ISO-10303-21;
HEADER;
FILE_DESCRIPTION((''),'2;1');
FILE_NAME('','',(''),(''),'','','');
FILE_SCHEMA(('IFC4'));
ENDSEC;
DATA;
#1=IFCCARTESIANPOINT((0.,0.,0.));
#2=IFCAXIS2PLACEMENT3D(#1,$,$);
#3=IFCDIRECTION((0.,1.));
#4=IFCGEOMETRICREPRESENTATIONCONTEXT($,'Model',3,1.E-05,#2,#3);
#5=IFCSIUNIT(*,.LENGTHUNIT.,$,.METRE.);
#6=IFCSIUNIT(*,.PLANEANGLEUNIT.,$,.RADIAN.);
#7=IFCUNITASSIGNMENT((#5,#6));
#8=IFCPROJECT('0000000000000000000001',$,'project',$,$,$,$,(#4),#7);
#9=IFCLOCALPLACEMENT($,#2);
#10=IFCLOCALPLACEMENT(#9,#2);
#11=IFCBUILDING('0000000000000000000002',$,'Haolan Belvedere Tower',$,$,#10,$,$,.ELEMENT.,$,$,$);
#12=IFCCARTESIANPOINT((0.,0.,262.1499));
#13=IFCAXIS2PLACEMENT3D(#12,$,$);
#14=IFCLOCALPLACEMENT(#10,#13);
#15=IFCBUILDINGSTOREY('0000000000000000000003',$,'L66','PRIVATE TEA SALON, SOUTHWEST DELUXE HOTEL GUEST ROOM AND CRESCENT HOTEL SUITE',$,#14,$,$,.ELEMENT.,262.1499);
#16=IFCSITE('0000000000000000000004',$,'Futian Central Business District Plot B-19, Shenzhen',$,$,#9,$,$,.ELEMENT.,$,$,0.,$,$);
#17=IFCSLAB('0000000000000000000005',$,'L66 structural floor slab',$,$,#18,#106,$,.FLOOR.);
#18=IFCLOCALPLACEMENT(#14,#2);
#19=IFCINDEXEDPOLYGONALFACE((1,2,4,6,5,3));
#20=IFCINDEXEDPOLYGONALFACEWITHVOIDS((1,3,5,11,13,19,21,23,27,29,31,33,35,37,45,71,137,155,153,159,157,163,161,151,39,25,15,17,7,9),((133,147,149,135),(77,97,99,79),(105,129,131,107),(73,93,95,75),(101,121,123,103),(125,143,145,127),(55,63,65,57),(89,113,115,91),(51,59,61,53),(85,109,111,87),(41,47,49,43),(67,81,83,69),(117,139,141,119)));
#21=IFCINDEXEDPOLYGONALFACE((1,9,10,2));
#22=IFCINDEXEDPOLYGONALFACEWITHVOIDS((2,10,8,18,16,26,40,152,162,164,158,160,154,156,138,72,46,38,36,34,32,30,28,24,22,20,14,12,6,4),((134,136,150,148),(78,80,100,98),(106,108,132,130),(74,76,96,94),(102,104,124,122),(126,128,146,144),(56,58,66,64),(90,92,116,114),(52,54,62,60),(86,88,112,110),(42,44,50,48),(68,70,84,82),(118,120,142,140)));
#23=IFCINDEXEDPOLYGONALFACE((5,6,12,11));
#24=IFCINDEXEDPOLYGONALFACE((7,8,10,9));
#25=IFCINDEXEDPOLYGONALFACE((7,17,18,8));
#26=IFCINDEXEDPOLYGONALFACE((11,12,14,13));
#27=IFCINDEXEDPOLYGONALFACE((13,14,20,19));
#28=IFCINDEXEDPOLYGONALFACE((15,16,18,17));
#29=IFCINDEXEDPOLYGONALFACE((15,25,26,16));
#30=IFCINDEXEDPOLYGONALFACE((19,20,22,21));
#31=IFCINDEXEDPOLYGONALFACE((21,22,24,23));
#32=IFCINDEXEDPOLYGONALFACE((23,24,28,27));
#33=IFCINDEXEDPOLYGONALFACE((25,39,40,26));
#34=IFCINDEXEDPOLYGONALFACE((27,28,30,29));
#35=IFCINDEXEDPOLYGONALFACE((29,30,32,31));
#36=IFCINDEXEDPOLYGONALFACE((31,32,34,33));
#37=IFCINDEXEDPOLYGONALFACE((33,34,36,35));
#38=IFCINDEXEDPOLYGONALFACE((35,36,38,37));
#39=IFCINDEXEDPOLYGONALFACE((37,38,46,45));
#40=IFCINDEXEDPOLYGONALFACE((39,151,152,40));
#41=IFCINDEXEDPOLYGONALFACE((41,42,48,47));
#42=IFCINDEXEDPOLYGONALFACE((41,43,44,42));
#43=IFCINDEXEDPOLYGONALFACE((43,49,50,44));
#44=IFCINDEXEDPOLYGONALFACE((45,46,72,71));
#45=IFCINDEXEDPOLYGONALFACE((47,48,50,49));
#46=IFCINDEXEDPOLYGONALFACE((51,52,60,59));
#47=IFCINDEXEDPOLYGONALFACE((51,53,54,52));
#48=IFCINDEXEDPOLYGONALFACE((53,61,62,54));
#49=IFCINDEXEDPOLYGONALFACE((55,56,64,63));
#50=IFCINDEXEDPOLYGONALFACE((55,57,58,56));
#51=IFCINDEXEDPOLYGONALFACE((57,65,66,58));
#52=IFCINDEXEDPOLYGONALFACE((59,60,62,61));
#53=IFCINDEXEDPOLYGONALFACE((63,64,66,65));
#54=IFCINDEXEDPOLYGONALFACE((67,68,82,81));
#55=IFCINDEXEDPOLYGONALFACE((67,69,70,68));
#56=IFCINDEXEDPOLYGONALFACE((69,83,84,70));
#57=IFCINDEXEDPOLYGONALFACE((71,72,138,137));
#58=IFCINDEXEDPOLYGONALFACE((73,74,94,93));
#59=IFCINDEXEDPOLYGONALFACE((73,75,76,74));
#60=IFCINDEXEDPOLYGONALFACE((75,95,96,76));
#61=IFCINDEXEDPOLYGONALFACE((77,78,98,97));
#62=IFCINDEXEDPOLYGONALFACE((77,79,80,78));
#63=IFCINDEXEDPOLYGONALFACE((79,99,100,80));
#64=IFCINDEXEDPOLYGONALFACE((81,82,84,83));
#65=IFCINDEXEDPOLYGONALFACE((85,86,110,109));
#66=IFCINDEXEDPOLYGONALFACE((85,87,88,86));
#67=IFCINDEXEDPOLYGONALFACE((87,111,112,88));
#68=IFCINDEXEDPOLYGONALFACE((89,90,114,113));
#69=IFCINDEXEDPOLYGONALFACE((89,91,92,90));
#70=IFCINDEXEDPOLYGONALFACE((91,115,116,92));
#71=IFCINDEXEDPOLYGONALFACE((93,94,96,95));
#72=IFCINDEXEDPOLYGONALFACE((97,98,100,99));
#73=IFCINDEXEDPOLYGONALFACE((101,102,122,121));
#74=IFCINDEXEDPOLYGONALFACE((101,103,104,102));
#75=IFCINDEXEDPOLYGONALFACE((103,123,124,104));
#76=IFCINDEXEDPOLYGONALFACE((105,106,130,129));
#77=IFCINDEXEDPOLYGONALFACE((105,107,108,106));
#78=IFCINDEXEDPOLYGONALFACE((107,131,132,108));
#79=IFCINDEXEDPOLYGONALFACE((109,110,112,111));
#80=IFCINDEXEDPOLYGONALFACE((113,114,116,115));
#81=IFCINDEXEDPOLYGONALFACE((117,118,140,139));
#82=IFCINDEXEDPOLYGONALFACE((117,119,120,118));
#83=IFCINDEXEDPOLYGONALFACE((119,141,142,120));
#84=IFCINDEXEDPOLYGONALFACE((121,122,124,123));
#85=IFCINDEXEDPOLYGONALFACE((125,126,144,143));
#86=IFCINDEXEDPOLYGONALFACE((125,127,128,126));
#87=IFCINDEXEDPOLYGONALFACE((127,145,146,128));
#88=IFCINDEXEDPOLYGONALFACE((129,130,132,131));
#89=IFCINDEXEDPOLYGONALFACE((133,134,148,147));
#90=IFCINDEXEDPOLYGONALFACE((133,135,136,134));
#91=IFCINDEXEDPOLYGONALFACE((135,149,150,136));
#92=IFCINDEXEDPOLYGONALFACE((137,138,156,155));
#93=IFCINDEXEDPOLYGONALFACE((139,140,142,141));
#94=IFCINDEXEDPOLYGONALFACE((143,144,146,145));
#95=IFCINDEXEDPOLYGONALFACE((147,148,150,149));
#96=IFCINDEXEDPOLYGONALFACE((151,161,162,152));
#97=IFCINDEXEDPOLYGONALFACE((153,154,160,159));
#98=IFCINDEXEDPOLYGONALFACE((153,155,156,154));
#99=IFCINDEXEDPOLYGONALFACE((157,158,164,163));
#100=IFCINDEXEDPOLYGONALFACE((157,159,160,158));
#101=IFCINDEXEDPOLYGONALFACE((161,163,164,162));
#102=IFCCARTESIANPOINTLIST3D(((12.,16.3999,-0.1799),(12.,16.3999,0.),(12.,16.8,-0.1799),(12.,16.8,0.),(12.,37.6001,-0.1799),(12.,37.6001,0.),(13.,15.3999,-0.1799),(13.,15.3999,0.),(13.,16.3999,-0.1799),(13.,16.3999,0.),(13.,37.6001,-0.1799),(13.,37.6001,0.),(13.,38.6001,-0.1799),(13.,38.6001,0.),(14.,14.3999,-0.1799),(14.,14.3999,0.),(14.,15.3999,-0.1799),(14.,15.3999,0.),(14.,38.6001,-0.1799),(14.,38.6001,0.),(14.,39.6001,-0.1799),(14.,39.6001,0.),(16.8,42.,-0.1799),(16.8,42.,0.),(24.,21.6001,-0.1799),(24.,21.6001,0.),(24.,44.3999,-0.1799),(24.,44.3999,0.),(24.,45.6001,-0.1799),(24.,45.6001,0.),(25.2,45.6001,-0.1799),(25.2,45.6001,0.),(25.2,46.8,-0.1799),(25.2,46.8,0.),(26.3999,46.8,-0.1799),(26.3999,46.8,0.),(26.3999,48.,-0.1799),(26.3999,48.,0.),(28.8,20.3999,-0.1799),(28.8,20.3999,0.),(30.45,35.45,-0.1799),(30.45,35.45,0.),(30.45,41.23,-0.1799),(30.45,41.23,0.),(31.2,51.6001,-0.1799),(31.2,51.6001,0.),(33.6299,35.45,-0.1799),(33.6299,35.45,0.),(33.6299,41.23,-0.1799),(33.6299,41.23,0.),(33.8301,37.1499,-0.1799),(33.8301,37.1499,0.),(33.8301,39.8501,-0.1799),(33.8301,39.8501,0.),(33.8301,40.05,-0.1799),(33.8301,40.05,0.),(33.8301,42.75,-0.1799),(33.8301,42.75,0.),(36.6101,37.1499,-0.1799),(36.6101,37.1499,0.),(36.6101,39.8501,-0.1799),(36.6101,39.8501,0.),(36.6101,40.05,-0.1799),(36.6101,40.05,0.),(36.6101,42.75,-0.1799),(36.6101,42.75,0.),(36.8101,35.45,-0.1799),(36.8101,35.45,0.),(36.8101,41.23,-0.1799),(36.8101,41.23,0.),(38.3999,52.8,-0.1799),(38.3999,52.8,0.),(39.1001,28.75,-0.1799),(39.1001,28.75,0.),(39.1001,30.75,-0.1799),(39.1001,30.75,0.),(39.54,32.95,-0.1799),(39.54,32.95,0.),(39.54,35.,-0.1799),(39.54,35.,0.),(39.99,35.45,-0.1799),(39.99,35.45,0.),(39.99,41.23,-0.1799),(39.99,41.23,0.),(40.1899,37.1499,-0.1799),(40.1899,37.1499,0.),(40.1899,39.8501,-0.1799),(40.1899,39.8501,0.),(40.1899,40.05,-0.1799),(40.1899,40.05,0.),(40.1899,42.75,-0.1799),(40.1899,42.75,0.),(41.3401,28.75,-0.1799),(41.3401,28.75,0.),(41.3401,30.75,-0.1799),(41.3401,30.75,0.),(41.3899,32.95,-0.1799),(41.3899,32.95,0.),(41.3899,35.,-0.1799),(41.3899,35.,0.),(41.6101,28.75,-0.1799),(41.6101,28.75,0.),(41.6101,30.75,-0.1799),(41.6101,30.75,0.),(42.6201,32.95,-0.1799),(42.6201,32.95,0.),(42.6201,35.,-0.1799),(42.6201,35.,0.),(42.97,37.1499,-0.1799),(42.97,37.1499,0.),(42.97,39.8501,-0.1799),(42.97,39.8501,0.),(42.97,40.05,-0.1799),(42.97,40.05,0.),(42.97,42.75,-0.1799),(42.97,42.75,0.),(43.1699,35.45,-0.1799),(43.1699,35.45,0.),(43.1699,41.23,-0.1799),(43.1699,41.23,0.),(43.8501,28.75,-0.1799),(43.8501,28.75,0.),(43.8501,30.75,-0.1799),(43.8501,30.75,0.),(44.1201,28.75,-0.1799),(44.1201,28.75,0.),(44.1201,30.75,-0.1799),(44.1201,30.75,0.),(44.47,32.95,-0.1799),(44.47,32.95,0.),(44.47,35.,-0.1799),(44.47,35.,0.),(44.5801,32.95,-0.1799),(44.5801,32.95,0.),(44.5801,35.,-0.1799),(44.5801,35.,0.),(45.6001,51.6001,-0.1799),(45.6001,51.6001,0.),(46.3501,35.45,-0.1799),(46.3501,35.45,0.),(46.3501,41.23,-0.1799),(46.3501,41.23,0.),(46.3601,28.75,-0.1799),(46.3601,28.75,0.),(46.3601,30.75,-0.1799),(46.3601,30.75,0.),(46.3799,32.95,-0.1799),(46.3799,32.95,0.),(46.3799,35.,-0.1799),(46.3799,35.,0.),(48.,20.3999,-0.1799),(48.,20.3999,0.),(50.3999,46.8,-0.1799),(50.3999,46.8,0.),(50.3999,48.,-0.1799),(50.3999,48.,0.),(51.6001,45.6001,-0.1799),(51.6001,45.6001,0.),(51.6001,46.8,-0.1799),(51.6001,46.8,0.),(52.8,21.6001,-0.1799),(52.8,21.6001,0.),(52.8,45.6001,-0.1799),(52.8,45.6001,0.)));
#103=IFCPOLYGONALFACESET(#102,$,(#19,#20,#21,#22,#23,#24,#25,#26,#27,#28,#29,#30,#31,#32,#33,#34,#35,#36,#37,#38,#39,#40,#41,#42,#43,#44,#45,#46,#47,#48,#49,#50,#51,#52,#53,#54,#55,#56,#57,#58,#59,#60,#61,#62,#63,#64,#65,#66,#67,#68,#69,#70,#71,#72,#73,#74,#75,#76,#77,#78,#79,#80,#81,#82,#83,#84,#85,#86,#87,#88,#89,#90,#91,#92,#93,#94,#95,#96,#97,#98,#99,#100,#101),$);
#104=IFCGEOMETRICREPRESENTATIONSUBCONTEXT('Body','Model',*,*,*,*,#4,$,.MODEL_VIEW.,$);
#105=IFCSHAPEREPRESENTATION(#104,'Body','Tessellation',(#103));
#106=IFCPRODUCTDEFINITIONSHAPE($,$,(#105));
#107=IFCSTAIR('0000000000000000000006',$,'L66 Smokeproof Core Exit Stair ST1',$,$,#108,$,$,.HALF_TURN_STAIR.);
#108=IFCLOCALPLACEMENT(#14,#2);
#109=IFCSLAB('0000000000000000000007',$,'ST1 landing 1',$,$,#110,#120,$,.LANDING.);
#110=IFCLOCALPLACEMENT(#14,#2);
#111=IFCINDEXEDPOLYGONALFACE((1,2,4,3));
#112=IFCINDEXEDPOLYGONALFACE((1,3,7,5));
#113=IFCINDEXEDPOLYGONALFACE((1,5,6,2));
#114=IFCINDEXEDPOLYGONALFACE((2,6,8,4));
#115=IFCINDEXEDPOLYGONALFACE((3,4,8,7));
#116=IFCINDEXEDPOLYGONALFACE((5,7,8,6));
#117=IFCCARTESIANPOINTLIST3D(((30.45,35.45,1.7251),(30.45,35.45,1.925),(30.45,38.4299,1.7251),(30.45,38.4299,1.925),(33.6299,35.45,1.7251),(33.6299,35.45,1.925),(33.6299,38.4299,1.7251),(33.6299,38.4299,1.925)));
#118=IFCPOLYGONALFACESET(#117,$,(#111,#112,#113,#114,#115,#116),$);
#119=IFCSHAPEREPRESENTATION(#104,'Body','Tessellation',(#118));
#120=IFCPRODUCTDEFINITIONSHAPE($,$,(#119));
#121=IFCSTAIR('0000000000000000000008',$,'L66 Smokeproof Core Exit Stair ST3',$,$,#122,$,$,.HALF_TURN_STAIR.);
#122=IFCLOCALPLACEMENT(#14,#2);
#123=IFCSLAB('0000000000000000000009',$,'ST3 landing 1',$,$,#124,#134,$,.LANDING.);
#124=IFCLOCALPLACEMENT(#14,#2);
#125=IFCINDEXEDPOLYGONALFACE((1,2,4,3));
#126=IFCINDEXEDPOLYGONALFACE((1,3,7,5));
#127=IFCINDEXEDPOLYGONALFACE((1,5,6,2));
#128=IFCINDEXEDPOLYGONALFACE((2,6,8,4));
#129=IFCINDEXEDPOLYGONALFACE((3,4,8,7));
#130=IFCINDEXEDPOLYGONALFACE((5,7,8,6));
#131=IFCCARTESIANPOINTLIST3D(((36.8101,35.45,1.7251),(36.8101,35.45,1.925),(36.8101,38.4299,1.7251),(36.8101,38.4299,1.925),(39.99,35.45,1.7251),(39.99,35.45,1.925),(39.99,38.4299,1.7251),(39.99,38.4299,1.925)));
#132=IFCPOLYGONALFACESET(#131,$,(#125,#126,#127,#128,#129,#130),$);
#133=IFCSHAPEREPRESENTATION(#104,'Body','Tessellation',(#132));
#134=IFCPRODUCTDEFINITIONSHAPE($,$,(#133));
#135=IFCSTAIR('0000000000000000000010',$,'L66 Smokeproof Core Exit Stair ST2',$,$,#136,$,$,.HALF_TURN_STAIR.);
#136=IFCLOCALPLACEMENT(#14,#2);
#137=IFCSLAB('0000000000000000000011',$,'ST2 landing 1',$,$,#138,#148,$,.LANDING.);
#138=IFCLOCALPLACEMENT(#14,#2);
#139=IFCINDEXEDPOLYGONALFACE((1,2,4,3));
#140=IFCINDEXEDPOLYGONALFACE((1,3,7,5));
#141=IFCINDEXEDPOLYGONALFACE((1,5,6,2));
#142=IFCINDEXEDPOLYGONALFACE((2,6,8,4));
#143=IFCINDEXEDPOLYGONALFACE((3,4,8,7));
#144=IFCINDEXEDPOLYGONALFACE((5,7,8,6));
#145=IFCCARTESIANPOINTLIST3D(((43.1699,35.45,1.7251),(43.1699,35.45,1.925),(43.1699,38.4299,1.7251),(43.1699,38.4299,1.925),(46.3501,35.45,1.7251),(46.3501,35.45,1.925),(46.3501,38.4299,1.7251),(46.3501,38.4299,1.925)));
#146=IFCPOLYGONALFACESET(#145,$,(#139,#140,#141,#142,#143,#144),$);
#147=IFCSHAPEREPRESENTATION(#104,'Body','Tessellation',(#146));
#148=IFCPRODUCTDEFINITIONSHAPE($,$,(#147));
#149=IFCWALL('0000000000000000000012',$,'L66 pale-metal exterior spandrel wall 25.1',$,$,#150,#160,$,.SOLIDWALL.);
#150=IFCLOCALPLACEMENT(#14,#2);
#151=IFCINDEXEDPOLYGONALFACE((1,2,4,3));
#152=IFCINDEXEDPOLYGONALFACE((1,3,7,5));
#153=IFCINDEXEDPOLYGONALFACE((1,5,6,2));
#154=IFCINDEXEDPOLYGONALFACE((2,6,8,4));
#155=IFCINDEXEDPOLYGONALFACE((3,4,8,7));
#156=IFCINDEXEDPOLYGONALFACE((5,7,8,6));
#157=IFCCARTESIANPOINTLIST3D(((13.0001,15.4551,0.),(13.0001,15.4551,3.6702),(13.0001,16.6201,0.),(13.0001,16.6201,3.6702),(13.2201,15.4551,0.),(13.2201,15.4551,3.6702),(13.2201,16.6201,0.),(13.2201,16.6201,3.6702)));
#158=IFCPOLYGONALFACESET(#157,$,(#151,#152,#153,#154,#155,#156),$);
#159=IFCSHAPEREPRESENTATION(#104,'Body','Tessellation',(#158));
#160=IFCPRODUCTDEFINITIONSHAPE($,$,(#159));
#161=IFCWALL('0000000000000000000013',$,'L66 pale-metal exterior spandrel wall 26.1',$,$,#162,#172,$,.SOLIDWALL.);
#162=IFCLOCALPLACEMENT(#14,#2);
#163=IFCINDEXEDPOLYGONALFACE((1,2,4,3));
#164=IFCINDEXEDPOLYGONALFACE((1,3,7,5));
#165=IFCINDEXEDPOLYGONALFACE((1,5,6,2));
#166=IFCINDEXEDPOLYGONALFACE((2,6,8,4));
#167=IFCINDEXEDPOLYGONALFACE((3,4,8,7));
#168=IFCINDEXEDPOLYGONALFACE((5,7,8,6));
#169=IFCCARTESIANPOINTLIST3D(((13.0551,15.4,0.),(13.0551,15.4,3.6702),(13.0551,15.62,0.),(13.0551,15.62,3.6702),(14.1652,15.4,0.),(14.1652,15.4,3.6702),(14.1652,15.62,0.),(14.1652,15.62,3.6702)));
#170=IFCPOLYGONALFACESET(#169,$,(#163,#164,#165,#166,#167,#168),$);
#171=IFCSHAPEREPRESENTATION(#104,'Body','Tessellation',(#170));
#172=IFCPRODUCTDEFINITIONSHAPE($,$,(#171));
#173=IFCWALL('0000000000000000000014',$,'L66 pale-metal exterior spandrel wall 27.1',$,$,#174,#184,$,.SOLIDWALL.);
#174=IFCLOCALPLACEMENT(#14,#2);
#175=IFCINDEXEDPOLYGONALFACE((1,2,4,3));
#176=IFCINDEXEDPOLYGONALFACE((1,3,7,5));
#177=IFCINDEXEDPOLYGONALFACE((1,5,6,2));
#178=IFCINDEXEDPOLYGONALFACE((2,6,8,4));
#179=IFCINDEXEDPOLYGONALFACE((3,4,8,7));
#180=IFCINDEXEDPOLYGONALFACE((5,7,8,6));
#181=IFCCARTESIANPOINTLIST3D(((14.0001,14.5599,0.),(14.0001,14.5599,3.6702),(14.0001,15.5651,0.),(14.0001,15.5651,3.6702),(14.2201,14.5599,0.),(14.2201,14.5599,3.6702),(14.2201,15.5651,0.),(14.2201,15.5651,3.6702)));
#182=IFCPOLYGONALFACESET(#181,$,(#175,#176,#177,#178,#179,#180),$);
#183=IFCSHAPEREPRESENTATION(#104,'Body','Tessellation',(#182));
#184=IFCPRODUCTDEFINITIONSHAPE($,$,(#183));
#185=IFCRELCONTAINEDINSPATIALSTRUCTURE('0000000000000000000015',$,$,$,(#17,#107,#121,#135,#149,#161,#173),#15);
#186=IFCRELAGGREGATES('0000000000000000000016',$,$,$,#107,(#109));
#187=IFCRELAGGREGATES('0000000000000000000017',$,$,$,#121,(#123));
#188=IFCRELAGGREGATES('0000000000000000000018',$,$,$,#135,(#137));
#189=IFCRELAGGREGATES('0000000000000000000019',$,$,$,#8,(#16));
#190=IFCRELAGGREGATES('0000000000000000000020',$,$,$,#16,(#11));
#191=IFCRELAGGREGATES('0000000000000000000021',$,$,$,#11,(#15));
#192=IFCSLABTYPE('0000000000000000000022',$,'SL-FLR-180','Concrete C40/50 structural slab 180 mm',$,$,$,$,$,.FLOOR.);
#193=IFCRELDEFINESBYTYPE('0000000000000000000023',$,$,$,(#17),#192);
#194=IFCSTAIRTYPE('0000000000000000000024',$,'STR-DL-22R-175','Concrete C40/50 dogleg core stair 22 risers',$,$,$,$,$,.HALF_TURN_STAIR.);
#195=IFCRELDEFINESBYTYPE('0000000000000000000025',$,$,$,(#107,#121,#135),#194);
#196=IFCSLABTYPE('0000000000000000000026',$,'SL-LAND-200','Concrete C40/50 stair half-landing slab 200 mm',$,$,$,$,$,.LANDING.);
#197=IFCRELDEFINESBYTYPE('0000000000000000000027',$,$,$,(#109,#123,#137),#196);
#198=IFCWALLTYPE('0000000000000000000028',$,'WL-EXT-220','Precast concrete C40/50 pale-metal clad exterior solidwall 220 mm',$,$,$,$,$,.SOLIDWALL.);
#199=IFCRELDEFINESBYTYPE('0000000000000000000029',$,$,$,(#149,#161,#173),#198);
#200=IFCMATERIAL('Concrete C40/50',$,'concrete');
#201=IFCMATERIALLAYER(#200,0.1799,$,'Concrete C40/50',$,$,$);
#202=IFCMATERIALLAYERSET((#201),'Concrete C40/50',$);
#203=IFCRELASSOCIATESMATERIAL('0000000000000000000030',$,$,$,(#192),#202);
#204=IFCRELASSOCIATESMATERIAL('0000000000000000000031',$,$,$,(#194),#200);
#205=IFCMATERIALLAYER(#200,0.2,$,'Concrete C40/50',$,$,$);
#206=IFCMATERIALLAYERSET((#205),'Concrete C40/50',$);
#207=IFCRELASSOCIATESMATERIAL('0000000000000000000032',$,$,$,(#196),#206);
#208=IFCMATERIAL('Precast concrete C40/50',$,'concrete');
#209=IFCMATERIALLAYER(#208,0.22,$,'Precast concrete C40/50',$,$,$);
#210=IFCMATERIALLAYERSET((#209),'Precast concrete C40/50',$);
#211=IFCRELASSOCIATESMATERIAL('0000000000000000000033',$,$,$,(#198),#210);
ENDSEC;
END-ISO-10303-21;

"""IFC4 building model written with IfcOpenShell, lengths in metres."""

from ifc_helpers import new_model, si_unit, direction, frame, frame_2d, origin, place, context, subcontext, project, spatial, polyline, rectangle, outline, extrude, material, layer, layer_set, type_object, element, aggregate, save


model = new_model("IFC4")

# Units and contexts
model_context = context("Model", 3, precision=1e-05, world=origin(), true_north=direction((0.0, 1.0)))
body_context = subcontext(model_context, "Body", "Model", "MODEL_VIEW")
ifc_project = project(units=[si_unit("LENGTHUNIT", "METRE"), si_unit("PLANEANGLEUNIT", "RADIAN")], contexts=[model_context])

# Site, building, storey
site_placement = place(None, origin())
site = spatial("IfcSite", under=ifc_project, at=site_placement, Name="Futian Central Business District Plot B-19, Shenzhen", CompositionType="ELEMENT", RefElevation=0.0)
building_placement = place(site_placement, origin())
building = spatial("IfcBuilding", under=site, at=building_placement, Name="Haolan Belvedere Tower", CompositionType="ELEMENT")
storey_placement = place(building_placement, frame((0.0, 0.0, 262.1499)))
storey = spatial("IfcBuildingStorey", under=building, at=storey_placement, Name="L66", Description="PRIVATE TEA SALON, SOUTHWEST DELUXE HOTEL GUEST ROOM AND CRESCENT HOTEL SUITE", CompositionType="ELEMENT", Elevation=262.1499)

# Slab
ifc_material_1 = material(Name="Concrete C40/50", Category="concrete")
ifc_layer_1 = layer(ifc_material_1, 0.1799, Name="Concrete C40/50")
ifc_layer_set_1 = layer_set([ifc_layer_1], Name="Concrete C40/50")
slab_type_1 = type_object("IfcSlabType", Name="SL-FLR-180", Description="Concrete C40/50 structural slab 180 mm", PredefinedType="FLOOR", material=ifc_layer_set_1)
slab_1_placement = place(storey_placement, frame((0.0, 0.0, -0.1799)))
element("IfcSlab", 1, at=slab_1_placement, inside=storey, type_object=slab_type_1, Name="L66 structural floor slab", PredefinedType="FLOOR", context=body_context, shape_type="SweptSolid", body=[
    extrude(outline(polyline([(24.0, 21.6001), (28.8, 20.3999), (48.0, 20.3999), (52.8, 21.6001), (52.8, 45.6001), (51.6001, 45.6001), (51.6001, 46.8), (50.3999, 46.8), (50.3999, 48.0), (45.6001, 51.6001), (38.3999, 52.8), (31.2, 51.6001), (26.3999, 48.0), (26.3999, 46.8), (25.2, 46.8), (25.2, 45.6001), (24.0, 45.6001), (24.0, 44.3999), (16.8, 42.0), (14.0, 39.6001), (14.0, 38.6001), (13.0, 38.6001), (13.0, 37.6001), (12.0, 37.6001), (12.0, 16.8), (12.0, 16.3999), (13.0, 16.3999), (13.0, 15.3999), (14.0, 15.3999), (14.0, 14.3999), (24.0, 21.6001)]), holes=[polyline([(30.45, 41.23), (30.45, 35.45), (33.6299, 35.45), (33.6299, 41.23), (30.45, 41.23)]), polyline([(36.8101, 41.23), (36.8101, 35.45), (39.99, 35.45), (39.99, 41.23), (36.8101, 41.23)]), polyline([(43.1699, 41.23), (43.1699, 35.45), (46.3501, 35.45), (46.3501, 41.23), (43.1699, 41.23)]), polyline([(33.8301, 40.05), (36.6101, 40.05), (36.6101, 42.75), (33.8301, 42.75), (33.8301, 40.05)]), polyline([(33.8301, 37.1499), (36.6101, 37.1499), (36.6101, 39.8501), (33.8301, 39.8501), (33.8301, 37.1499)]), polyline([(40.1899, 40.05), (42.97, 40.05), (42.97, 42.75), (40.1899, 42.75), (40.1899, 40.05)]), polyline([(40.1899, 37.1499), (42.97, 37.1499), (42.97, 39.8501), (40.1899, 39.8501), (40.1899, 37.1499)]), polyline([(39.54, 32.95), (41.3899, 32.95), (41.3899, 35.0), (39.54, 35.0), (39.54, 32.95)]), polyline([(42.6201, 32.95), (44.47, 32.95), (44.47, 35.0), (42.6201, 35.0), (42.6201, 32.95)]), polyline([(44.5801, 32.95), (46.3799, 32.95), (46.3799, 35.0), (44.5801, 35.0), (44.5801, 32.95)]), polyline([(39.1001, 28.75), (41.3401, 28.75), (41.3401, 30.75), (39.1001, 30.75), (39.1001, 28.75)]), polyline([(41.6101, 28.75), (43.8501, 28.75), (43.8501, 30.75), (41.6101, 30.75), (41.6101, 28.75)]), polyline([(44.1201, 28.75), (46.3601, 28.75), (46.3601, 30.75), (44.1201, 30.75), (44.1201, 28.75)])]), origin(), (0.0, 0.0, 1.0), 0.1799),
])

# Stairs, slabs
stair_type = type_object("IfcStairType", Name="STR-DL-22R-175", Description="Concrete C40/50 dogleg core stair 22 risers", PredefinedType="HALF_TURN_STAIR", material=ifc_material_1)
stair_1_placement = place(storey_placement, origin())
stair_1 = element("IfcStair", 2, at=stair_1_placement, inside=storey, type_object=stair_type, Name="L66 Smokeproof Core Exit Stair ST1", PredefinedType="HALF_TURN_STAIR")
ifc_layer_2 = layer(ifc_material_1, 0.2, Name="Concrete C40/50")
ifc_layer_set_2 = layer_set([ifc_layer_2], Name="Concrete C40/50")
slab_type_2 = type_object("IfcSlabType", Name="SL-LAND-200", Description="Concrete C40/50 stair half-landing slab 200 mm", PredefinedType="LANDING", material=ifc_layer_set_2)
slab_2_placement = place(storey_placement, frame((0.0, 0.0, 1.7251)))
slab_2 = element("IfcSlab", 3, at=slab_2_placement, type_object=slab_type_2, Name="ST1 landing 1", PredefinedType="LANDING", context=body_context, shape_type="SweptSolid", body=[
    extrude(outline(polyline([(30.45, 38.4299), (30.45, 35.45), (33.6299, 35.45), (33.6299, 38.4299), (30.45, 38.4299)])), origin(), (0.0, 0.0, 1.0), 0.2),
])
aggregate(stair_1, [slab_2])
stair_2_placement = place(storey_placement, origin())
stair_2 = element("IfcStair", 4, at=stair_2_placement, inside=storey, type_object=stair_type, Name="L66 Smokeproof Core Exit Stair ST3", PredefinedType="HALF_TURN_STAIR")
slab_3_placement = place(storey_placement, frame((0.0, 0.0, 1.7251)))
slab_3 = element("IfcSlab", 5, at=slab_3_placement, type_object=slab_type_2, Name="ST3 landing 1", PredefinedType="LANDING", context=body_context, shape_type="SweptSolid", body=[
    extrude(outline(polyline([(36.8101, 38.4299), (36.8101, 35.45), (39.99, 35.45), (39.99, 38.4299), (36.8101, 38.4299)])), origin(), (0.0, 0.0, 1.0), 0.2),
])
aggregate(stair_2, [slab_3])
stair_3_placement = place(storey_placement, origin())
stair_3 = element("IfcStair", 6, at=stair_3_placement, inside=storey, type_object=stair_type, Name="L66 Smokeproof Core Exit Stair ST2", PredefinedType="HALF_TURN_STAIR")
slab_4_placement = place(storey_placement, frame((0.0, 0.0, 1.7251)))
slab_4 = element("IfcSlab", 7, at=slab_4_placement, type_object=slab_type_2, Name="ST2 landing 1", PredefinedType="LANDING", context=body_context, shape_type="SweptSolid", body=[
    extrude(outline(polyline([(43.1699, 38.4299), (43.1699, 35.45), (46.3501, 35.45), (46.3501, 38.4299), (43.1699, 38.4299)])), origin(), (0.0, 0.0, 1.0), 0.2),
])
aggregate(stair_3, [slab_4])

# Walls
ifc_material_2 = material(Name="Precast concrete C40/50", Category="concrete")
ifc_layer_3 = layer(ifc_material_2, 0.22, Name="Precast concrete C40/50")
ifc_layer_set_3 = layer_set([ifc_layer_3], Name="Precast concrete C40/50")
wall_type_1 = type_object("IfcWallType", Name="WL-EXT-220", Description="Precast concrete C40/50 pale-metal clad exterior solidwall 220 mm", PredefinedType="SOLIDWALL", material=ifc_layer_set_3)
wall_1_placement = place(storey_placement, frame((13.1101, 16.6201, 0.0), z_axis=(0.0, 0.0, 1.0), x_axis=(0.0, -1.0, 0.0)))
element("IfcWall", 8, at=wall_1_placement, inside=storey, type_object=wall_type_1, Name="L66 pale-metal exterior spandrel wall 25.1", PredefinedType="SOLIDWALL", context=body_context, shape_type="SweptSolid", body=[
    extrude(rectangle(XDim=1.165, YDim=0.22, at=frame_2d((0.5825, 0.0))), origin(), (0.0, 0.0, 1.0), 3.6702),
])
wall_2_placement = place(storey_placement, frame((13.0549, 15.51, 0.0), z_axis=(0.0, 0.0, 1.0), x_axis=(1.0, 0.0, 0.0)))
element("IfcWall", 9, at=wall_2_placement, inside=storey, type_object=wall_type_1, Name="L66 pale-metal exterior spandrel wall 26.1", PredefinedType="SOLIDWALL", context=body_context, shape_type="SweptSolid", body=[
    extrude(rectangle(XDim=1.1101, YDim=0.22, at=frame_2d((0.5552, 0.0))), origin(), (0.0, 0.0, 1.0), 3.6702),
])
wall_3_placement = place(storey_placement, frame((14.1101, 15.5649, 0.0), z_axis=(0.0, 0.0, 1.0), x_axis=(0.0, -1.0, 0.0)))
element("IfcWall", 10, at=wall_3_placement, inside=storey, type_object=wall_type_1, Name="L66 pale-metal exterior spandrel wall 27.1", PredefinedType="SOLIDWALL", context=body_context, shape_type="SweptSolid", body=[
    extrude(rectangle(XDim=1.0051, YDim=0.22, at=frame_2d((0.5024, 0.0))), origin(), (0.0, 0.0, 1.0), 3.6702),
])

save(model, "model.ifc")
